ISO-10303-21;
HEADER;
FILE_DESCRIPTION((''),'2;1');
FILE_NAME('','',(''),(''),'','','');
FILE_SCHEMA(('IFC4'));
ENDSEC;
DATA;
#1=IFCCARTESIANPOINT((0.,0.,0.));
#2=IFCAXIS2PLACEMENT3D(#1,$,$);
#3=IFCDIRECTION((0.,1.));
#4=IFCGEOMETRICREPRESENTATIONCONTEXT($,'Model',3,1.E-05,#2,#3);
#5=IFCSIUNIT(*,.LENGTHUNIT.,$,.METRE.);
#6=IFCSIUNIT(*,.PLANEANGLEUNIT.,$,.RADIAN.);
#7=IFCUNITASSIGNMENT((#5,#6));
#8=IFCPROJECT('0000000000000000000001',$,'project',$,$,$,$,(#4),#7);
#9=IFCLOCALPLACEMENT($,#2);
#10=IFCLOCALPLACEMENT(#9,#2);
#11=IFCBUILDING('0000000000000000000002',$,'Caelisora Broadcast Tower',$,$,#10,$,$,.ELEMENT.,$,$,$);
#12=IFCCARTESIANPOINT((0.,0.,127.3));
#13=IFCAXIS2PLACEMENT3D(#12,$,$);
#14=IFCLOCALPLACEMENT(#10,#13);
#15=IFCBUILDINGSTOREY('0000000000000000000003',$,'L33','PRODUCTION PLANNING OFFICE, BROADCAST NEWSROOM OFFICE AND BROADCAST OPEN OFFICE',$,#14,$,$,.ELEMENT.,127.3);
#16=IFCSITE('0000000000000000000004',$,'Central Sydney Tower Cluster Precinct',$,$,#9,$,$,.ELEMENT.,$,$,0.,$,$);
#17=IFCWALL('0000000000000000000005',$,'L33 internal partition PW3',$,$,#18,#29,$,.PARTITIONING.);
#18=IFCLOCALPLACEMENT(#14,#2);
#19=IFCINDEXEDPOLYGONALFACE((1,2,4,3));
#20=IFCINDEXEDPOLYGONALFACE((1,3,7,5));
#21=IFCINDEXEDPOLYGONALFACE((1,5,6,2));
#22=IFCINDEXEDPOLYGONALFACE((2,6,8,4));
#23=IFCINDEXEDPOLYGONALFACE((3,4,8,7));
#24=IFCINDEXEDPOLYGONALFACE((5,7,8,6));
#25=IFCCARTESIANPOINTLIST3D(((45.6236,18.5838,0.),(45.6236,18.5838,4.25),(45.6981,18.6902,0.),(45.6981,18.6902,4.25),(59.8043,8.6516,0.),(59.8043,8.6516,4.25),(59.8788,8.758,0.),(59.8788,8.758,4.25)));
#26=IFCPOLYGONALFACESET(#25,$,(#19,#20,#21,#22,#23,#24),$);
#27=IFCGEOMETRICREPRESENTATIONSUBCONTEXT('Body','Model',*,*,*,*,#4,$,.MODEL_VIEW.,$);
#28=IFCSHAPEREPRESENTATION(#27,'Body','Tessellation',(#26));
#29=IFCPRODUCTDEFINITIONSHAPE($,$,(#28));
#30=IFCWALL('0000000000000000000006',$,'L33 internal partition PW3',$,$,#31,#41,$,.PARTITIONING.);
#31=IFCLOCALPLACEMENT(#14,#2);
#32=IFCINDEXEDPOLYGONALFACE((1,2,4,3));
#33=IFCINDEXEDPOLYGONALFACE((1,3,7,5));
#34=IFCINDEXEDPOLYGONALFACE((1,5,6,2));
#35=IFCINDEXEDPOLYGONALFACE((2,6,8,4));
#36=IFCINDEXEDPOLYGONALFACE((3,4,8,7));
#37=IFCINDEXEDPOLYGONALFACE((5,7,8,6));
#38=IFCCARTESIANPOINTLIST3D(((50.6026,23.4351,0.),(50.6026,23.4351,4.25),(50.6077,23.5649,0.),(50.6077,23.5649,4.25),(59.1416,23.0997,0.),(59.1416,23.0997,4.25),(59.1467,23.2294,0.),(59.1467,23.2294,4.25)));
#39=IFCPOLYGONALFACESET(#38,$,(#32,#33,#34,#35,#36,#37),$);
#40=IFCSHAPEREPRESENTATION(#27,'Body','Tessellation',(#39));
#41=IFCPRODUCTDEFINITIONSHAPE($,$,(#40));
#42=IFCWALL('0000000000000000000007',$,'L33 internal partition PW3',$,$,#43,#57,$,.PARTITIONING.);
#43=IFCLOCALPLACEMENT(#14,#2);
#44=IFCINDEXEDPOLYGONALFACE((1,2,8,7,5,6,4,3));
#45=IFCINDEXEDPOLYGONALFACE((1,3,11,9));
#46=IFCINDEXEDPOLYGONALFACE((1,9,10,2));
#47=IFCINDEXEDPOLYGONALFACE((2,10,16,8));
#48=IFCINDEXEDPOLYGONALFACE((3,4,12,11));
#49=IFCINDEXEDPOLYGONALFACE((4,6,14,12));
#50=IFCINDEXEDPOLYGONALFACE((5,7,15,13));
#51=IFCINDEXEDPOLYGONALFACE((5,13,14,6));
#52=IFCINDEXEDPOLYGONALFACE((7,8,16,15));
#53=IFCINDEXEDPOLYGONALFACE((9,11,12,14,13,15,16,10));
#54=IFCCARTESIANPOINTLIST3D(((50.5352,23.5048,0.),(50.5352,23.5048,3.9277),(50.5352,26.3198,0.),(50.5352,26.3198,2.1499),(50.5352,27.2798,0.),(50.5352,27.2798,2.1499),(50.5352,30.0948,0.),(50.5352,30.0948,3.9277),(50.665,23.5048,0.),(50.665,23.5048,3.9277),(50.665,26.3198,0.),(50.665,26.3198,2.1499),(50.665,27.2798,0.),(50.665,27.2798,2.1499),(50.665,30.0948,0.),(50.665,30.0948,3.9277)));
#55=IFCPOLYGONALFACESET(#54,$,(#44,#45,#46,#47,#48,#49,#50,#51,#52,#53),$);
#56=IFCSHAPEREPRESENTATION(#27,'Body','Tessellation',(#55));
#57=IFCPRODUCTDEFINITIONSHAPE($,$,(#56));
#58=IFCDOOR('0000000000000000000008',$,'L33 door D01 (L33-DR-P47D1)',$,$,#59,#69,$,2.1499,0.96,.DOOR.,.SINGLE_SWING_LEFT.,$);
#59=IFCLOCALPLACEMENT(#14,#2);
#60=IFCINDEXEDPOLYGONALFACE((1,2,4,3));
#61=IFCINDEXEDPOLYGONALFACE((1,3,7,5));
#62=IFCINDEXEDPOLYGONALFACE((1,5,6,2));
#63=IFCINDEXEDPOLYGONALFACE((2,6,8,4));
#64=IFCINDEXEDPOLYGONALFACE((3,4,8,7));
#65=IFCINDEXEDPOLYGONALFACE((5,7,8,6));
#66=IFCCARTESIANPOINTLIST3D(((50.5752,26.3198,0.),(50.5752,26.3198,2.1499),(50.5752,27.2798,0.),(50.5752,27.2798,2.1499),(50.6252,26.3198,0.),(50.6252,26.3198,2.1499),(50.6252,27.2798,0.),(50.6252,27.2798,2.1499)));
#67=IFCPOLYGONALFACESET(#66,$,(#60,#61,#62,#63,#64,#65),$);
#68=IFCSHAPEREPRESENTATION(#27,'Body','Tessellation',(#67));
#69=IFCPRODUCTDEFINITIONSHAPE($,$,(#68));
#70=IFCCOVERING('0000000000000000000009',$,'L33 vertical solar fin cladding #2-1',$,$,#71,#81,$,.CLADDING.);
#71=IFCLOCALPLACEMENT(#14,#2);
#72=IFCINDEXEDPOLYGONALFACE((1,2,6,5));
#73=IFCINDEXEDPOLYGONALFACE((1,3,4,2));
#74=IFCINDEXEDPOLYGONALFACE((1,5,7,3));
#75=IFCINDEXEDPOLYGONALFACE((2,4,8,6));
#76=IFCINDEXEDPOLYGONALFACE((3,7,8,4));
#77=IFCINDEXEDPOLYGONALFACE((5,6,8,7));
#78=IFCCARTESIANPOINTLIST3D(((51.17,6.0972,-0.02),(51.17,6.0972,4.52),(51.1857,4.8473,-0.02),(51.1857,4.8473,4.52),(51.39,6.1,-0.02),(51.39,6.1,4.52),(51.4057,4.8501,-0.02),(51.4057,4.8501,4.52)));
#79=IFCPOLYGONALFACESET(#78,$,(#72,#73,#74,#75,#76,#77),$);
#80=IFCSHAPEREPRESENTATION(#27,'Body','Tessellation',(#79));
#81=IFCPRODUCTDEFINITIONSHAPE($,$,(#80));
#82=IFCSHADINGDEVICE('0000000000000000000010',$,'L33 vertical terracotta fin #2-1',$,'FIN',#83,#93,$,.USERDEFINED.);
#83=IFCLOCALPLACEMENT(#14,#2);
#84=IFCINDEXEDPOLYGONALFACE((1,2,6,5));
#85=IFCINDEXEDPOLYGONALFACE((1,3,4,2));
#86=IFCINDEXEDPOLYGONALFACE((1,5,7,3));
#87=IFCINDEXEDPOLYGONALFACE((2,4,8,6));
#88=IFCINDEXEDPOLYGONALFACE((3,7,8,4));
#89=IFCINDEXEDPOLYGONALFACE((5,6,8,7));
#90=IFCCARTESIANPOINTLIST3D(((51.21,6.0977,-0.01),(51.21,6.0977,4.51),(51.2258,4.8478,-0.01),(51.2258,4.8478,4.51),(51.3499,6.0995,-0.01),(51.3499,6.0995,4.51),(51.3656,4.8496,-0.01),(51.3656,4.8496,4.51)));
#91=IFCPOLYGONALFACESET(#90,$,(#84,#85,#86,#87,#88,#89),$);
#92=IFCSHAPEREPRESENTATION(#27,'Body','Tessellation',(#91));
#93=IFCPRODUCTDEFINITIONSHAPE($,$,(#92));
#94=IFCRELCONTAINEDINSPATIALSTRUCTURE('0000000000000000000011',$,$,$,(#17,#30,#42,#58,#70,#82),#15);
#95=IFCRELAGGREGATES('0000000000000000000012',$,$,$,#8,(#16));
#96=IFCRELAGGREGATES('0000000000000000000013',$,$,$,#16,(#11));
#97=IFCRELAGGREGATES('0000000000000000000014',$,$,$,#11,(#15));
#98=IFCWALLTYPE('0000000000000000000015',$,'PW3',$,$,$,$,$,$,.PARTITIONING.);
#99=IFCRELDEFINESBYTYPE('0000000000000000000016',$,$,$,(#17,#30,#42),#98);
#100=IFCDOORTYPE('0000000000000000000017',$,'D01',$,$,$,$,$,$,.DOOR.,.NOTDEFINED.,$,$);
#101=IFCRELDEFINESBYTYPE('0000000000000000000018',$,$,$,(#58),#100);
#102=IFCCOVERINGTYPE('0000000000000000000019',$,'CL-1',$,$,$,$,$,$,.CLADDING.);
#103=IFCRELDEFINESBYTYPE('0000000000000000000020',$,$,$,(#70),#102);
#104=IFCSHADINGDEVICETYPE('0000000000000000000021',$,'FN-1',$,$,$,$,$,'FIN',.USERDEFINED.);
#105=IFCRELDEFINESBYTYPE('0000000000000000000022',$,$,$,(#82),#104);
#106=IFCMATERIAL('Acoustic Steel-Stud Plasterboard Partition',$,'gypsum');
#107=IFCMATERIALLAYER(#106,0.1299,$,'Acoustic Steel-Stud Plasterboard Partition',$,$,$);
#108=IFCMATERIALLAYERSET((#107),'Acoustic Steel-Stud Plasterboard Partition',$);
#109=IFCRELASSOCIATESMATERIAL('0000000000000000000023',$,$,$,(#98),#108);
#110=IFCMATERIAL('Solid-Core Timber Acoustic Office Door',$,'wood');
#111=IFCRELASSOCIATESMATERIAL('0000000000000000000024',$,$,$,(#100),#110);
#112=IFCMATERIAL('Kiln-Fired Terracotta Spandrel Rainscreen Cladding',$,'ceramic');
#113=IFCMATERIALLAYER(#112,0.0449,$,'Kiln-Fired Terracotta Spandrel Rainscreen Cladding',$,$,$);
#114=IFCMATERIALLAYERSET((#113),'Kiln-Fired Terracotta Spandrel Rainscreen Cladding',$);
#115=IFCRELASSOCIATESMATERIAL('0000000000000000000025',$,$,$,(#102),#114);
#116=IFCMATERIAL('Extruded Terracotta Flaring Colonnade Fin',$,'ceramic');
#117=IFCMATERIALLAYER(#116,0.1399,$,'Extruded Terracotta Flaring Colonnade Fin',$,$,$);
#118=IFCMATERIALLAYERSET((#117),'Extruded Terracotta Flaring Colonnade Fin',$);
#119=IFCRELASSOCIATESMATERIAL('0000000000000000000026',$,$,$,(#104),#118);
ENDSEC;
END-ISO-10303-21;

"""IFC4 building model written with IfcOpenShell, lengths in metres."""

from ifc_helpers import new_model, si_unit, direction, frame, frame_2d, origin, origin_2d, place, context, subcontext, project, spatial, rectangle, extrude, source, transform, mapped, material, layer, layer_set, type_object, type_shapes, element, fill, save


model = new_model("IFC4")

# Units and contexts
model_context = context("Model", 3, precision=1e-05, world=origin(), true_north=direction((0.0, 1.0)))
body_context = subcontext(model_context, "Body", "Model", "MODEL_VIEW")
ifc_project = project(units=[si_unit("LENGTHUNIT", "METRE"), si_unit("PLANEANGLEUNIT", "RADIAN")], contexts=[model_context])

# Site, building, storey
site_placement = place(None, origin())
site = spatial("IfcSite", under=ifc_project, at=site_placement, Name="Central Sydney Tower Cluster Precinct", CompositionType="ELEMENT", RefElevation=0.0)
building_placement = place(site_placement, origin())
building = spatial("IfcBuilding", under=site, at=building_placement, Name="Caelisora Broadcast Tower", CompositionType="ELEMENT")
storey_placement = place(building_placement, frame((0.0, 0.0, 127.3)))
storey = spatial("IfcBuildingStorey", under=building, at=storey_placement, Name="L33", Description="PRODUCTION PLANNING OFFICE, BROADCAST NEWSROOM OFFICE AND BROADCAST OPEN OFFICE", CompositionType="ELEMENT", Elevation=127.3)

# Shared definitions
ifc_material_1 = material(Name="Acoustic Steel-Stud Plasterboard Partition", Category="gypsum")
ifc_layer_1 = layer(ifc_material_1, 0.1299, Name="Acoustic Steel-Stud Plasterboard Partition")
ifc_layer_set_1 = layer_set([ifc_layer_1], Name="Acoustic Steel-Stud Plasterboard Partition")
wall_type_1 = type_object("IfcWallType", Name="PW3", PredefinedType="PARTITIONING", material=ifc_layer_set_1)
ifc_material_2 = material(Name="Solid-Core Timber Acoustic Office Door", Category="wood")
door_type_1 = type_object("IfcDoorType", Name="D01", OperationType="NOTDEFINED", PredefinedType="DOOR", material=ifc_material_2)

# Walls
wall_1_placement = place(storey_placement, frame((45.6609, 18.637, 0.0), z_axis=(0.0, 0.0, 1.0), x_axis=(0.819078, -0.573682, 0.0)))
element("IfcWall", 1, at=wall_1_placement, inside=storey, type_object=wall_type_1, Name="L33 internal partition PW3", PredefinedType="PARTITIONING", context=body_context, shape_type="SweptSolid", body=[
    extrude(rectangle(XDim=17.313, YDim=0.1299, at=frame_2d((8.6565, 0.0))), origin(), (0.0, 0.0, 1.0), 4.25),
])
wall_2_placement = place(storey_placement, frame((50.605, 23.5, 0.0), z_axis=(0.0, 0.0, 1.0), x_axis=(0.999229, -0.039254, 0.0)))
element("IfcWall", 2, at=wall_2_placement, inside=storey, type_object=wall_type_1, Name="L33 internal partition PW3", PredefinedType="PARTITIONING", context=body_context, shape_type="SweptSolid", body=[
    extrude(rectangle(XDim=8.5457, YDim=0.1299, at=frame_2d((4.2729, 0.0))), origin(), (0.0, 0.0, 1.0), 4.25),
])

# Wall, opening, door
wall_3_placement = place(storey_placement, frame((50.6001, 23.5049, 0.0), z_axis=(0.0, 0.0, 1.0), x_axis=(0.0, 1.0, 0.0)))
wall_3 = element("IfcWall", 3, at=wall_3_placement, inside=storey, type_object=wall_type_1, Name="L33 internal partition PW3", PredefinedType="PARTITIONING", context=body_context, shape_type="SweptSolid", body=[
    extrude(rectangle(XDim=6.5901, YDim=0.1299, at=frame_2d((3.2949, 0.0))), origin(), (0.0, 0.0, 1.0), 3.9277),
])
opening_1_placement = place(wall_3_placement, frame((2.8149, 0.0, 0.0)))
opening_1 = element("IfcOpeningElement", 4, at=opening_1_placement, cuts=wall_3, PredefinedType="OPENING", context=body_context, shape_type="SweptSolid", body=[
    extrude(rectangle(XDim=0.96, YDim=2.1499, at=frame_2d((0.48, 1.075))), frame((0.0, 0.0769, 0.0), z_axis=(0.0, -1.0, 0.0), x_axis=(1.0, 0.0, 0.0)), (0.0, 0.0, 1.0), 0.1538),
])
door_1_placement = place(opening_1_placement, origin())
door_1 = element("IfcDoor", 5, at=door_1_placement, inside=storey, type_object=door_type_1, Name="L33 door D01 (L33-DR-P47D1)", OperationType="SINGLE_SWING_LEFT", OverallHeight=2.1499, OverallWidth=0.96, PredefinedType="DOOR", context=body_context, shape_type="SweptSolid", body=[
    extrude(rectangle(XDim=0.96, YDim=2.1499, at=frame_2d((0.48, 1.075))), frame((0.0, 0.0249, 0.0), z_axis=(0.0, -1.0, 0.0), x_axis=(1.0, 0.0, 0.0)), (0.0, 0.0, 1.0), 0.05),
])
fill(opening_1, door_1)

# Covering
ifc_material_3 = material(Name="Kiln-Fired Terracotta Spandrel Rainscreen Cladding", Category="ceramic")
ifc_layer_2 = layer(ifc_material_3, 0.0449, Name="Kiln-Fired Terracotta Spandrel Rainscreen Cladding")
ifc_layer_set_2 = layer_set([ifc_layer_2], Name="Kiln-Fired Terracotta Spandrel Rainscreen Cladding")
covering_type = type_object("IfcCoveringType", Name="CL-1", PredefinedType="CLADDING", material=ifc_layer_set_2)
shared_shape_1 = source(origin(), body_context, "Body", "SweptSolid", [
    extrude(rectangle(XDim=0.22, YDim=1.25, at=origin_2d()), origin(), (0.0, 0.0, 1.0), 4.54),
])
type_shapes(covering_type, [shared_shape_1])
covering_placement = place(storey_placement, frame((51.2878, 5.4736, -0.02), z_axis=(0.0, 0.0, 1.0), x_axis=(-0.999921, -0.012566, 0.0)))
element("IfcCovering", 6, at=covering_placement, inside=storey, type_object=covering_type, Name="L33 vertical solar fin cladding #2-1", PredefinedType="CLADDING", context=body_context, shape_type="MappedRepresentation", body=[
    mapped(shared_shape_1, transform((0.0, 0.0, 0.0), scale=1.0)),
])

# Shading device
ifc_material_4 = material(Name="Extruded Terracotta Flaring Colonnade Fin", Category="ceramic")
ifc_layer_3 = layer(ifc_material_4, 0.1399, Name="Extruded Terracotta Flaring Colonnade Fin")
ifc_layer_set_3 = layer_set([ifc_layer_3], Name="Extruded Terracotta Flaring Colonnade Fin")
shading_device_type = type_object("IfcShadingDeviceType", Name="FN-1", ElementType="FIN", PredefinedType="USERDEFINED", material=ifc_layer_set_3)
shared_shape_2 = source(origin(), body_context, "Body", "SweptSolid", [
    extrude(rectangle(XDim=0.1399, YDim=1.25, at=origin_2d()), origin(), (0.0, 0.0, 1.0), 4.52),
])
type_shapes(shading_device_type, [shared_shape_2])
shading_device_placement = place(storey_placement, frame((51.2878, 5.4736, -0.01), z_axis=(0.0, 0.0, 1.0), x_axis=(-0.999921, -0.012566, 0.0)))
element("IfcShadingDevice", 7, at=shading_device_placement, inside=storey, type_object=shading_device_type, Name="L33 vertical terracotta fin #2-1", ObjectType="FIN", PredefinedType="USERDEFINED", context=body_context, shape_type="MappedRepresentation", body=[
    mapped(shared_shape_2, transform((0.0, 0.0, 0.0), scale=1.0)),
])

save(model, "model.ifc")
